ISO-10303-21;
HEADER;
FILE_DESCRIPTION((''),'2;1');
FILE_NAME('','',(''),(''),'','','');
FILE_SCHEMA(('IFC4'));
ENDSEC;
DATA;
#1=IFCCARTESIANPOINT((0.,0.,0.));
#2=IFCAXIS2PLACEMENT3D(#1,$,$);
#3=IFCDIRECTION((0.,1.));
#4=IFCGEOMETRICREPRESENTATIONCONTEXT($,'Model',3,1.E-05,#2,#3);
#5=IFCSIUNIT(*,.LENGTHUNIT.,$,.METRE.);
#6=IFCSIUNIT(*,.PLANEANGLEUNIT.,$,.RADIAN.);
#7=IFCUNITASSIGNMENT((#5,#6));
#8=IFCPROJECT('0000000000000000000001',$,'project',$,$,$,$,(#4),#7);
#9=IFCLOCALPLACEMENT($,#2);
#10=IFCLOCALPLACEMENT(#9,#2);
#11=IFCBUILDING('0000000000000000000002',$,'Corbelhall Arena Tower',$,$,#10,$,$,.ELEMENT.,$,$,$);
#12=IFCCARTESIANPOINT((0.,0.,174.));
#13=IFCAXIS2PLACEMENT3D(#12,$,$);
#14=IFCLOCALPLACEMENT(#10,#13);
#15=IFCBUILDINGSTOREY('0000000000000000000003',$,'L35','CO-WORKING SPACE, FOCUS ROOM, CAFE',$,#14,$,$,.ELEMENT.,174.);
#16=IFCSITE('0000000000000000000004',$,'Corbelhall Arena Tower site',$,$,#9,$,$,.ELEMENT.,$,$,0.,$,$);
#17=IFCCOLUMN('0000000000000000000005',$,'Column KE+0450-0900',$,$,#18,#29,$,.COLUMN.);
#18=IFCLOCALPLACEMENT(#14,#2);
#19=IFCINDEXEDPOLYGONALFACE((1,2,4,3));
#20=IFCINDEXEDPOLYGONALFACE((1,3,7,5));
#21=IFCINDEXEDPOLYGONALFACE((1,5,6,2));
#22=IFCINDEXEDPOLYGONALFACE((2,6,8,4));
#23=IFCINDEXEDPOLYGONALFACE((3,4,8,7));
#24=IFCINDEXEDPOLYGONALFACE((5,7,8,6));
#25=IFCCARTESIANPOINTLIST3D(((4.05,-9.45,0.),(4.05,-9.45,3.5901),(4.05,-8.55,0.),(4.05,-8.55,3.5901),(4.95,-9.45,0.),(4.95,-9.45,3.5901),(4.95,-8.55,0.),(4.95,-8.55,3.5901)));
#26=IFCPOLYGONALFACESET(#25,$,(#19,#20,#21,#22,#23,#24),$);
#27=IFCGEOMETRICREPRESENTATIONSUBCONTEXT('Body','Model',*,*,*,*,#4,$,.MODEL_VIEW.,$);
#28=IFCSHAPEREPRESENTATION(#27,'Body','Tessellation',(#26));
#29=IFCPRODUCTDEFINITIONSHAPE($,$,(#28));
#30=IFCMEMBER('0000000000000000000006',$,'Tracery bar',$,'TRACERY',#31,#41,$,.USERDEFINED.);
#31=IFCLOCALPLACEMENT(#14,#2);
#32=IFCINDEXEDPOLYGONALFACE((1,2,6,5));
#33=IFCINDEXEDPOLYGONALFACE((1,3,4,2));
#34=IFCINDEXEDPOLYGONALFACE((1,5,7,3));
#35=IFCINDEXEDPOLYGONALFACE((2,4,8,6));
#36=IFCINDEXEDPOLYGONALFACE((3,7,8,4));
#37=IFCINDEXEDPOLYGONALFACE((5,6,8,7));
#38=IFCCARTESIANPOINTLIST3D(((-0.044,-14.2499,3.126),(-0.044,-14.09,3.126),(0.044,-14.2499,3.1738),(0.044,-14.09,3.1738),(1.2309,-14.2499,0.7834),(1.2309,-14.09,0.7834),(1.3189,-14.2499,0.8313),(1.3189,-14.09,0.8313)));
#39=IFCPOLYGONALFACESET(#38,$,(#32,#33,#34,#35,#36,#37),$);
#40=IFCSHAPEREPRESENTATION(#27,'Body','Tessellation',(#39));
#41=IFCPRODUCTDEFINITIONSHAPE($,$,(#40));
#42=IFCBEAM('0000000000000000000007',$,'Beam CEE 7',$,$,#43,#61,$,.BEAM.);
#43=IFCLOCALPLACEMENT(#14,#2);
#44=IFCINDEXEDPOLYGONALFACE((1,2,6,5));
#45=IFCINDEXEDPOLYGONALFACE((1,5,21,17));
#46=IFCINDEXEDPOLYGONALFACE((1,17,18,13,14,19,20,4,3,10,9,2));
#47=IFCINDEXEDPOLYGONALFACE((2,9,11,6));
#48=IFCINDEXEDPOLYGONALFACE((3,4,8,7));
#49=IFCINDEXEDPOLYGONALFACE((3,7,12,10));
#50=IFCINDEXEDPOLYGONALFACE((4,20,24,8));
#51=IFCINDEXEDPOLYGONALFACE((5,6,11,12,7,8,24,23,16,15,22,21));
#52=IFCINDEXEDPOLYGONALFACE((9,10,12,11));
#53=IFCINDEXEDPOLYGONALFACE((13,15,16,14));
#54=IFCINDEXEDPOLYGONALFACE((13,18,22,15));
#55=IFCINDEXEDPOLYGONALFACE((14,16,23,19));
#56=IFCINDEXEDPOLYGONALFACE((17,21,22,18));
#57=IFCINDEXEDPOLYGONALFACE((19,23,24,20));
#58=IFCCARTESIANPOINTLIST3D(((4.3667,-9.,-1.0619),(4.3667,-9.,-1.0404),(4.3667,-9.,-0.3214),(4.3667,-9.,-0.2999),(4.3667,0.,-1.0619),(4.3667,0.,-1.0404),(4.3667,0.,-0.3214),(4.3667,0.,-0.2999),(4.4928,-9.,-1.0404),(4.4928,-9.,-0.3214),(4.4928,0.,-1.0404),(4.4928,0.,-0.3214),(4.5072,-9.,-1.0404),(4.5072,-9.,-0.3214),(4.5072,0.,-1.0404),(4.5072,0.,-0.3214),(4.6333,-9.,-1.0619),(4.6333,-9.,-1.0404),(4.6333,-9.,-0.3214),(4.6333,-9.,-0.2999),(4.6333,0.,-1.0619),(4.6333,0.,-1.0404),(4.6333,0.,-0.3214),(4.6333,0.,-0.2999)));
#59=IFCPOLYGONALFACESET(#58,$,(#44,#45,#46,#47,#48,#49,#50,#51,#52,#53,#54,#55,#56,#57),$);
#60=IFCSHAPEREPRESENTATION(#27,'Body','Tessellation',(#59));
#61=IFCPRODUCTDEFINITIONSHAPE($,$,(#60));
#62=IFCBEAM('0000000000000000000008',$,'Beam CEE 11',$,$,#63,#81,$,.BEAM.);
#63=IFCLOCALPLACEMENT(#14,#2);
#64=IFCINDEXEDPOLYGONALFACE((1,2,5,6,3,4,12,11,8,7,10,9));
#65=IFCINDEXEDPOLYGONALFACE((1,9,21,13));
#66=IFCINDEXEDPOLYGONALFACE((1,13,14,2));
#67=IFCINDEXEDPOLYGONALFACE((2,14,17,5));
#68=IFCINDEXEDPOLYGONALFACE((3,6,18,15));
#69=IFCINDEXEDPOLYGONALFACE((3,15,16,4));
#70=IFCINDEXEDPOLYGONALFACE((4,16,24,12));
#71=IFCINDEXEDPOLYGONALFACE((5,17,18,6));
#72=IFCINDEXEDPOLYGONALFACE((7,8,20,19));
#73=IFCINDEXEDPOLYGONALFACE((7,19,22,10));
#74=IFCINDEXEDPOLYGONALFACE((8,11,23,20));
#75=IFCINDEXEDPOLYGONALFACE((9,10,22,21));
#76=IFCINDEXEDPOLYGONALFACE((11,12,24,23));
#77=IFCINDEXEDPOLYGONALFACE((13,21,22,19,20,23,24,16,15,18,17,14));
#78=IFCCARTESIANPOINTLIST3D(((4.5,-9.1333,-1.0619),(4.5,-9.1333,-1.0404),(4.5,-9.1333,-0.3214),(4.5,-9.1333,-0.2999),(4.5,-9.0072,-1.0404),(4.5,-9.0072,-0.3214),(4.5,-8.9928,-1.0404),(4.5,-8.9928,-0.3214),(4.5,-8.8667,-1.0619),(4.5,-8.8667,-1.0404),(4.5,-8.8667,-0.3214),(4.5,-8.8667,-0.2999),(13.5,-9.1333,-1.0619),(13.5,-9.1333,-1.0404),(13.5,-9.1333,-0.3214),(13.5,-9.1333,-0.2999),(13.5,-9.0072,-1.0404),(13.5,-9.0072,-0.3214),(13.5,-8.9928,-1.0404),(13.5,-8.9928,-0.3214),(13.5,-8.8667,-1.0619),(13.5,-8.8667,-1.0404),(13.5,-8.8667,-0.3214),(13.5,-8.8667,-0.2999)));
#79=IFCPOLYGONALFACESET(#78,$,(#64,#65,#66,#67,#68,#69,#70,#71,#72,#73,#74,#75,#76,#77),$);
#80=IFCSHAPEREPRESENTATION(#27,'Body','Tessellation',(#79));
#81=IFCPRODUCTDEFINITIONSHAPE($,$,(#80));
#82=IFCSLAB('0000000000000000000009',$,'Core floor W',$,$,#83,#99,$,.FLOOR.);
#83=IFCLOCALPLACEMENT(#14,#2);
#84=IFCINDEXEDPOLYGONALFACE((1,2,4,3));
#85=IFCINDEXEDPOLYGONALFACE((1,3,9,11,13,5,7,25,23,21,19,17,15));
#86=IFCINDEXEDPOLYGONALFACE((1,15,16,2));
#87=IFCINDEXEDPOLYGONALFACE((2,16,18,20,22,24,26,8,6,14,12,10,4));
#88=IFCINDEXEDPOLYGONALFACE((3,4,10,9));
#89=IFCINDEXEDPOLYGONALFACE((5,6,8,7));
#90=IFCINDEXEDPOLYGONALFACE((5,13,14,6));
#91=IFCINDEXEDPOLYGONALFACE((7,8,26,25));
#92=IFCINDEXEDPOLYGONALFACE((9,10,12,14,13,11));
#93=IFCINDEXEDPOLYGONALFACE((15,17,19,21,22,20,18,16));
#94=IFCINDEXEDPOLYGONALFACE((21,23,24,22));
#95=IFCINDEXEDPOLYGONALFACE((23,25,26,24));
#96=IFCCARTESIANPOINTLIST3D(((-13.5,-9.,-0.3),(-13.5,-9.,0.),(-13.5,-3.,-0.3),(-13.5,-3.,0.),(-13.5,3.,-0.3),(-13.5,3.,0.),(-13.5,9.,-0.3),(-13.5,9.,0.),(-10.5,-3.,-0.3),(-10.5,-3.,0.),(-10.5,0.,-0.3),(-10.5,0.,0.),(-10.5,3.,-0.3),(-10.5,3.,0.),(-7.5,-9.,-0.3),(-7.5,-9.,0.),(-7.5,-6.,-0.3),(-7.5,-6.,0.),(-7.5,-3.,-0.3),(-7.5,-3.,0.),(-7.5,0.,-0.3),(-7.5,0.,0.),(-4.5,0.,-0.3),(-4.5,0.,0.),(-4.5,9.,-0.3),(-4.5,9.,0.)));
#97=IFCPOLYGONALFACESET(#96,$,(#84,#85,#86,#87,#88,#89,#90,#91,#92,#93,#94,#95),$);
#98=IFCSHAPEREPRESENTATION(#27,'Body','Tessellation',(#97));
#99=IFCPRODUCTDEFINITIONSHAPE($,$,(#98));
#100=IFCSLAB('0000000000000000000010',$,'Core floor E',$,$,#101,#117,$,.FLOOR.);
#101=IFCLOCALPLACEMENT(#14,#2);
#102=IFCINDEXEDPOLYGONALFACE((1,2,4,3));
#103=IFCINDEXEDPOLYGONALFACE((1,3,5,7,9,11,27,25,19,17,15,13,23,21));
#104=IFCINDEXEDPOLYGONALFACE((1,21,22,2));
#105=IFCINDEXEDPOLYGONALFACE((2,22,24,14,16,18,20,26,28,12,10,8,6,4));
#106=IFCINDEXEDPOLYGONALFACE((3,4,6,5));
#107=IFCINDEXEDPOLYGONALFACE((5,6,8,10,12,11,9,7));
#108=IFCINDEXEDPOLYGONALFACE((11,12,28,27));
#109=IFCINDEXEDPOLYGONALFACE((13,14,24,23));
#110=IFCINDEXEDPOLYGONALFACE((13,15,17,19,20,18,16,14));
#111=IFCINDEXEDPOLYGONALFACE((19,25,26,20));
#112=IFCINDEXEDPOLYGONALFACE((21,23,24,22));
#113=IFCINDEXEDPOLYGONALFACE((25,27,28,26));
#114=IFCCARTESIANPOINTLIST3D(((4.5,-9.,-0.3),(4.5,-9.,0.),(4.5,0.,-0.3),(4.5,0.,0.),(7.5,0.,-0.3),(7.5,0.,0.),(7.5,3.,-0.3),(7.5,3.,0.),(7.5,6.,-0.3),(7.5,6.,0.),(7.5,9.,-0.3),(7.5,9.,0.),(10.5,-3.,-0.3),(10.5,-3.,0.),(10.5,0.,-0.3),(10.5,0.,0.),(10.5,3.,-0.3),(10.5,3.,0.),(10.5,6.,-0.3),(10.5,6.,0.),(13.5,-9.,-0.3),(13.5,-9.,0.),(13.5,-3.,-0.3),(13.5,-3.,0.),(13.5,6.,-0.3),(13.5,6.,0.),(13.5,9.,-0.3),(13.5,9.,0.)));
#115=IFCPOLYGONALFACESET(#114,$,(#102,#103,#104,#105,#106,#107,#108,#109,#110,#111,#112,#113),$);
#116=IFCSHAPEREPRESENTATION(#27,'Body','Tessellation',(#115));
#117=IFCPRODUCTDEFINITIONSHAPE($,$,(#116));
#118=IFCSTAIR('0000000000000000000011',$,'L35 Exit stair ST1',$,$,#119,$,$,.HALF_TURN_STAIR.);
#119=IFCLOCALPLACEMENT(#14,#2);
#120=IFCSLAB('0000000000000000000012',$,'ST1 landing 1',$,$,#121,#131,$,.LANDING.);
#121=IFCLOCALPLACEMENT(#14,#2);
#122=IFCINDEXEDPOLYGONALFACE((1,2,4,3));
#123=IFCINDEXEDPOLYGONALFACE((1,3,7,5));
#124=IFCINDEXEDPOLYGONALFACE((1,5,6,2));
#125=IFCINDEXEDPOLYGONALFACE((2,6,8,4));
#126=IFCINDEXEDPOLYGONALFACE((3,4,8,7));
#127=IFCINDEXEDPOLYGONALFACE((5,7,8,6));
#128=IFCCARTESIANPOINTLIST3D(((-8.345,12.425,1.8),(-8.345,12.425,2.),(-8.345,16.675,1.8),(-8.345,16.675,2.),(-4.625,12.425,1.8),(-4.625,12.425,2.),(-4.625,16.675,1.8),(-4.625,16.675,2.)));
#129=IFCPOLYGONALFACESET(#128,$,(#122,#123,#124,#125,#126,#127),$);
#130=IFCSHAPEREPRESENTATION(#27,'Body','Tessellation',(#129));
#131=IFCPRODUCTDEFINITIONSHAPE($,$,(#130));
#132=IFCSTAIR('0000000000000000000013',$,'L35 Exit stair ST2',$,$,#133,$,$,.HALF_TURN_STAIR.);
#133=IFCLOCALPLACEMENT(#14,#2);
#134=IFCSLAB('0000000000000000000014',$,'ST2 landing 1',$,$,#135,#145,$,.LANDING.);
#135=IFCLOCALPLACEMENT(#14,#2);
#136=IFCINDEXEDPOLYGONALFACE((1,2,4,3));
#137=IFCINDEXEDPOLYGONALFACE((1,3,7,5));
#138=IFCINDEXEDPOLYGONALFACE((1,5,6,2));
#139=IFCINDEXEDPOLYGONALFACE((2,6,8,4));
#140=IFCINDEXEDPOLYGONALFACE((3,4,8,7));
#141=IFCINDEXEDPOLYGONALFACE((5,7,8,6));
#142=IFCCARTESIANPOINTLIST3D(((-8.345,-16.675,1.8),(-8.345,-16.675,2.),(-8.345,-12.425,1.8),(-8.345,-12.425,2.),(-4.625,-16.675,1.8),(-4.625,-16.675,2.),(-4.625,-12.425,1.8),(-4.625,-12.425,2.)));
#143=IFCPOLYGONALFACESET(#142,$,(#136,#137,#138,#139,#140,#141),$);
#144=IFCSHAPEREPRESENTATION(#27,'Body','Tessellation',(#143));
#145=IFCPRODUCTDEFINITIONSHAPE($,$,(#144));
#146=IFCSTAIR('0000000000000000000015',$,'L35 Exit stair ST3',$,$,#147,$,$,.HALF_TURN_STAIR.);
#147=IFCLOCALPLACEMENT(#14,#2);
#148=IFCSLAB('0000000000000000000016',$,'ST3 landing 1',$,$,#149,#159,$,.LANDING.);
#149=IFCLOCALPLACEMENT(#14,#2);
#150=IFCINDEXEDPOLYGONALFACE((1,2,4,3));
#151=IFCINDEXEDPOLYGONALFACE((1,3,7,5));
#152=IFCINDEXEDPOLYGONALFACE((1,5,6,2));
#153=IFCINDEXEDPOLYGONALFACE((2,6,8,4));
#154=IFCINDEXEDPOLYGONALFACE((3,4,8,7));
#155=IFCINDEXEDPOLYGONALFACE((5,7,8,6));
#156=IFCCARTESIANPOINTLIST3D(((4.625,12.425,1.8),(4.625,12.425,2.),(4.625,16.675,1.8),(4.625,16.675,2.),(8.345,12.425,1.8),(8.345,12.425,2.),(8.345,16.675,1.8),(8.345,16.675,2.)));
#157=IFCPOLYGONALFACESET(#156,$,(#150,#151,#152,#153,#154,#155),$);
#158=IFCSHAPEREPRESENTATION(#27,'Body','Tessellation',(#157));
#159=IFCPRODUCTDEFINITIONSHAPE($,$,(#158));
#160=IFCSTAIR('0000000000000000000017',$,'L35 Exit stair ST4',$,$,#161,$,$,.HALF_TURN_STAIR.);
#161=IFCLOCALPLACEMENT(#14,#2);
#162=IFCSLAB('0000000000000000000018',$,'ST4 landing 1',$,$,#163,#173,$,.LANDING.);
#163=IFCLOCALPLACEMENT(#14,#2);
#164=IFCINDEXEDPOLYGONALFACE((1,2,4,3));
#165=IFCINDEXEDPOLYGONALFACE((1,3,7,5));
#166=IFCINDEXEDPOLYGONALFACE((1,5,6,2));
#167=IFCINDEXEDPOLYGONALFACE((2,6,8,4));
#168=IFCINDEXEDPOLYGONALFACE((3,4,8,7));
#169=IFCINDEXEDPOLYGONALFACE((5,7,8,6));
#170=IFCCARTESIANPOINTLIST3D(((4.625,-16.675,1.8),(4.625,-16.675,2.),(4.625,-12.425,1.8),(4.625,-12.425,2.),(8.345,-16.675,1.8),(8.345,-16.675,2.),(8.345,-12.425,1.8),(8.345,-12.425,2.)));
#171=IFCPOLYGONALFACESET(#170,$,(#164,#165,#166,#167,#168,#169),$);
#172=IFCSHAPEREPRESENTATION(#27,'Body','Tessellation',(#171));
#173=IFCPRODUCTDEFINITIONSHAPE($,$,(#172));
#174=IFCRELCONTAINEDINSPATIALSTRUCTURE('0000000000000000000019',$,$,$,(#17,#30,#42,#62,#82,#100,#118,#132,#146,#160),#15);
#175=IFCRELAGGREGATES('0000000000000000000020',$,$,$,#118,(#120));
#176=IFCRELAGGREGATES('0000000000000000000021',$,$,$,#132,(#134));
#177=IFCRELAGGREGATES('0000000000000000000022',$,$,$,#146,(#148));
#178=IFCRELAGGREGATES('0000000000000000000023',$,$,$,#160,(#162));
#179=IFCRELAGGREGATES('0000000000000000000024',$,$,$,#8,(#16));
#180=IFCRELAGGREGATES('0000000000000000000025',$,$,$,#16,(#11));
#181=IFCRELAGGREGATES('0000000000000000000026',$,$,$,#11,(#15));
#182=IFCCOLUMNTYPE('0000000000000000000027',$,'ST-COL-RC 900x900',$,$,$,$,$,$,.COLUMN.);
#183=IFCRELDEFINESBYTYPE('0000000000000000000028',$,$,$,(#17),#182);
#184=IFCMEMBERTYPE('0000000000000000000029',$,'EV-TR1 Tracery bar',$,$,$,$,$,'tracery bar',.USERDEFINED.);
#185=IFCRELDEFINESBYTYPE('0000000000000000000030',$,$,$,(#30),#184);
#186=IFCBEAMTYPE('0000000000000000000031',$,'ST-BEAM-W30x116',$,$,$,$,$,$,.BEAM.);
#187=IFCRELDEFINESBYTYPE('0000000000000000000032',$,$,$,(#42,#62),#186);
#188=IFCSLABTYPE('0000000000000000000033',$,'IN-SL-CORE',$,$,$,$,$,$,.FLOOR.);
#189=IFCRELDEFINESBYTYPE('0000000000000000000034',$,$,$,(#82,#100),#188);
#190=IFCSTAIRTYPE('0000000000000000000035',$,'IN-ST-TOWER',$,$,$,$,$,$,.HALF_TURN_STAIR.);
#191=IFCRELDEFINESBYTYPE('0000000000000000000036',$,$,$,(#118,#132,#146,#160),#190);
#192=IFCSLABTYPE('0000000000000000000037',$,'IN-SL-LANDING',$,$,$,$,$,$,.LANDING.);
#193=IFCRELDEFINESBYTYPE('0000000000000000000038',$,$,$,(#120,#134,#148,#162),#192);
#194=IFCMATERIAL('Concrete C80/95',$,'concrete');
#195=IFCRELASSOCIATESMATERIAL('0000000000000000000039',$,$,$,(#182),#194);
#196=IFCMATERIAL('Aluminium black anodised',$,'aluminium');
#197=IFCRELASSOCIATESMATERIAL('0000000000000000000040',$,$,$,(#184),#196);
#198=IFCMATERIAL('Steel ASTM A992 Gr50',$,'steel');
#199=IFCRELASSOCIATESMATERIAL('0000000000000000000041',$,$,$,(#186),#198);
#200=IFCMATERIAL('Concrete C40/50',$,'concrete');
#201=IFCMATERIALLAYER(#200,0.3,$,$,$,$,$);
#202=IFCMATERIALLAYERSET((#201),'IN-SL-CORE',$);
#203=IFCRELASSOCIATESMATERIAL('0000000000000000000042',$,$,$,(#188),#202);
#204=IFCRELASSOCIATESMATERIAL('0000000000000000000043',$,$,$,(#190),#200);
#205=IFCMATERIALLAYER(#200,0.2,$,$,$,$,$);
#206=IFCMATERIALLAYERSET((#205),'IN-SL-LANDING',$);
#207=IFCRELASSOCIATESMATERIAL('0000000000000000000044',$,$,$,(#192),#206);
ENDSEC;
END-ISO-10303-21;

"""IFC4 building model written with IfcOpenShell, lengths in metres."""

from ifc_helpers import new_model, si_unit, direction, frame, origin, origin_2d, place, context, subcontext, project, spatial, polyline, rectangle, i_section, outline, extrude, material, layer, layer_set, material_profile, profile_set, type_object, element, aggregate, save


model = new_model("IFC4")

# Units and contexts
model_context = context("Model", 3, precision=1e-05, world=origin(), true_north=direction((0.0, 1.0)))
body_context = subcontext(model_context, "Body", "Model", "MODEL_VIEW")
ifc_project = project(units=[si_unit("LENGTHUNIT", "METRE"), si_unit("PLANEANGLEUNIT", "RADIAN")], contexts=[model_context])

# Site, building, storey
site_placement = place(None, origin())
site = spatial("IfcSite", under=ifc_project, at=site_placement, Name="Corbelhall Arena Tower site", CompositionType="ELEMENT", RefElevation=0.0)
building_placement = place(site_placement, origin())
building = spatial("IfcBuilding", under=site, at=building_placement, Name="Corbelhall Arena Tower", CompositionType="ELEMENT")
storey_placement = place(building_placement, frame((0.0, 0.0, 174.0)))
storey = spatial("IfcBuildingStorey", under=building, at=storey_placement, Name="L35", Description="CO-WORKING SPACE, FOCUS ROOM, CAFE", CompositionType="ELEMENT", Elevation=174.0)

# Column
ifc_material_1 = material(Name="Concrete C80/95", Category="concrete")
ifc_material_profile_1 = material_profile(ifc_material_1, rectangle(XDim=0.8999, YDim=0.8999, at=origin_2d()))
ifc_profile_set_1 = profile_set([ifc_material_profile_1], Name="Concrete C80/95")
column_type = type_object("IfcColumnType", Name="ST-COL-RC 900x900", PredefinedType="COLUMN", material=ifc_profile_set_1)
column_placement = place(storey_placement, frame((4.5, -9.0, 0.0), z_axis=(0.0, 0.0, 1.0), x_axis=(1.0, 0.0, 0.0)))
element("IfcColumn", 1, at=column_placement, inside=storey, type_object=column_type, Name="Column KE+0450-0900", PredefinedType="COLUMN", context=body_context, shape_type="SweptSolid", body=[
    extrude(rectangle(XDim=0.8999, YDim=0.8999, at=origin_2d()), origin(), (0.0, 0.0, 1.0), 3.5901),
])

# Member
ifc_material_2 = material(Name="Aluminium black anodised", Category="aluminium")
ifc_material_profile_2 = material_profile(ifc_material_2, rectangle(XDim=0.1599, YDim=0.1001, at=origin_2d()))
ifc_profile_set_2 = profile_set([ifc_material_profile_2], Name="Aluminium black anodised")
member_type = type_object("IfcMemberType", Name="EV-TR1 Tracery bar", ElementType="tracery bar", PredefinedType="USERDEFINED", material=ifc_profile_set_2)
member_placement = place(storey_placement, frame((0.0, -14.1699, 3.1499), z_axis=(0.478031, 0.0, -0.878343), x_axis=(0.0, 1.0, 0.0)))
element("IfcMember", 2, at=member_placement, inside=storey, type_object=member_type, Name="Tracery bar", ObjectType="TRACERY", PredefinedType="USERDEFINED", context=body_context, shape_type="SweptSolid", body=[
    extrude(rectangle(XDim=0.1599, YDim=0.1001, at=origin_2d()), origin(), (0.0, 0.0, 1.0), 2.667),
])

# Beams
ifc_material_3 = material(Name="Steel ASTM A992 Gr50", Category="steel")
ifc_material_profile_3 = material_profile(ifc_material_3, i_section(OverallWidth=0.2666, OverallDepth=0.762, WebThickness=0.0144, FlangeThickness=0.0215, at=origin_2d()))
ifc_profile_set_3 = profile_set([ifc_material_profile_3], Name="Steel ASTM A992 Gr50")
beam_type = type_object("IfcBeamType", Name="ST-BEAM-W30x116", PredefinedType="BEAM", material=ifc_profile_set_3)
for number, where, z_axis, x_axis, name in (
    (3, (4.5, -9.0, -0.6809), (0.0, 1.0, 0.0), (-1.0, 0.0, 0.0), "Beam CEE 7"),
    (4, (4.5, -9.0, -0.6809), (1.0, 0.0, 0.0), (0.0, 1.0, 0.0), "Beam CEE 11"),
):
    element("IfcBeam", number, at=place(storey_placement, frame(where, z_axis=z_axis, x_axis=x_axis)), inside=storey, type_object=beam_type, Name=name, PredefinedType="BEAM", context=body_context, shape_type="SweptSolid", body=[
        extrude(i_section(OverallWidth=0.2666, OverallDepth=0.762, WebThickness=0.0144, FlangeThickness=0.0215, at=origin_2d()), origin(), (0.0, 0.0, 1.0), 9.0),
    ])

# Slabs
ifc_material_4 = material(Name="Concrete C40/50", Category="concrete")
ifc_layer_1 = layer(ifc_material_4, 0.3)
ifc_layer_set_1 = layer_set([ifc_layer_1], Name="IN-SL-CORE")
slab_type_1 = type_object("IfcSlabType", Name="IN-SL-CORE", PredefinedType="FLOOR", material=ifc_layer_set_1)
slab_1_placement = place(storey_placement, frame((0.0, 0.0, -0.3)))
element("IfcSlab", 5, at=slab_1_placement, inside=storey, type_object=slab_type_1, Name="Core floor W", PredefinedType="FLOOR", context=body_context, shape_type="SweptSolid", body=[
    extrude(outline(polyline([(-7.5, 0.0), (-4.5, 0.0), (-4.5, 9.0), (-13.5, 9.0), (-13.5, 3.0), (-10.5, 3.0), (-10.5, 0.0), (-10.5, -3.0), (-13.5, -3.0), (-13.5, -9.0), (-7.5, -9.0), (-7.5, -6.0), (-7.5, -3.0), (-7.5, 0.0)])), origin(), (0.0, 0.0, 1.0), 0.3),
])
slab_2_placement = place(storey_placement, frame((0.0, 0.0, -0.3)))
element("IfcSlab", 6, at=slab_2_placement, inside=storey, type_object=slab_type_1, Name="Core floor E", PredefinedType="FLOOR", context=body_context, shape_type="SweptSolid", body=[
    extrude(outline(polyline([(7.5, 0.0), (4.5, 0.0), (4.5, -9.0), (13.5, -9.0), (13.5, -3.0), (10.5, -3.0), (10.5, 0.0), (10.5, 3.0), (10.5, 6.0), (13.5, 6.0), (13.5, 9.0), (7.5, 9.0), (7.5, 6.0), (7.5, 3.0), (7.5, 0.0)])), origin(), (0.0, 0.0, 1.0), 0.3),
])

# Stairs, slabs
stair_type = type_object("IfcStairType", Name="IN-ST-TOWER", PredefinedType="HALF_TURN_STAIR", material=ifc_material_4)
stair_1_placement = place(storey_placement, origin())
stair_1 = element("IfcStair", 7, at=stair_1_placement, inside=storey, type_object=stair_type, Name="L35 Exit stair ST1", PredefinedType="HALF_TURN_STAIR")
ifc_layer_2 = layer(ifc_material_4, 0.2)
ifc_layer_set_2 = layer_set([ifc_layer_2], Name="IN-SL-LANDING")
slab_type_2 = type_object("IfcSlabType", Name="IN-SL-LANDING", PredefinedType="LANDING", material=ifc_layer_set_2)
slab_3_placement = place(storey_placement, frame((0.0, 0.0, 1.8)))
slab_3 = element("IfcSlab", 8, at=slab_3_placement, type_object=slab_type_2, Name="ST1 landing 1", PredefinedType="LANDING", context=body_context, shape_type="SweptSolid", body=[
    extrude(outline(polyline([(-8.345, 12.425), (-4.625, 12.425), (-4.625, 16.675), (-8.345, 16.675), (-8.345, 12.425)])), origin(), (0.0, 0.0, 1.0), 0.2),
])
aggregate(stair_1, [slab_3])
stair_2_placement = place(storey_placement, origin())
stair_2 = element("IfcStair", 9, at=stair_2_placement, inside=storey, type_object=stair_type, Name="L35 Exit stair ST2", PredefinedType="HALF_TURN_STAIR")
slab_4_placement = place(storey_placement, frame((0.0, 0.0, 1.8)))
slab_4 = element("IfcSlab", 10, at=slab_4_placement, type_object=slab_type_2, Name="ST2 landing 1", PredefinedType="LANDING", context=body_context, shape_type="SweptSolid", body=[
    extrude(outline(polyline([(-8.345, -16.675), (-4.625, -16.675), (-4.625, -12.425), (-8.345, -12.425), (-8.345, -16.675)])), origin(), (0.0, 0.0, 1.0), 0.2),
])
aggregate(stair_2, [slab_4])
stair_3_placement = place(storey_placement, origin())
stair_3 = element("IfcStair", 11, at=stair_3_placement, inside=storey, type_object=stair_type, Name="L35 Exit stair ST3", PredefinedType="HALF_TURN_STAIR")
slab_5_placement = place(storey_placement, frame((0.0, 0.0, 1.8)))
slab_5 = element("IfcSlab", 12, at=slab_5_placement, type_object=slab_type_2, Name="ST3 landing 1", PredefinedType="LANDING", context=body_context, shape_type="SweptSolid", body=[
    extrude(outline(polyline([(8.345, 16.675), (4.625, 16.675), (4.625, 12.425), (8.345, 12.425), (8.345, 16.675)])), origin(), (0.0, 0.0, 1.0), 0.2),
])
aggregate(stair_3, [slab_5])
stair_4_placement = place(storey_placement, origin())
stair_4 = element("IfcStair", 13, at=stair_4_placement, inside=storey, type_object=stair_type, Name="L35 Exit stair ST4", PredefinedType="HALF_TURN_STAIR")
slab_6_placement = place(storey_placement, frame((0.0, 0.0, 1.8)))
slab_6 = element("IfcSlab", 14, at=slab_6_placement, type_object=slab_type_2, Name="ST4 landing 1", PredefinedType="LANDING", context=body_context, shape_type="SweptSolid", body=[
    extrude(outline(polyline([(8.345, -12.425), (4.625, -12.425), (4.625, -16.675), (8.345, -16.675), (8.345, -12.425)])), origin(), (0.0, 0.0, 1.0), 0.2),
])
aggregate(stair_4, [slab_6])

save(model, "model.ifc")
